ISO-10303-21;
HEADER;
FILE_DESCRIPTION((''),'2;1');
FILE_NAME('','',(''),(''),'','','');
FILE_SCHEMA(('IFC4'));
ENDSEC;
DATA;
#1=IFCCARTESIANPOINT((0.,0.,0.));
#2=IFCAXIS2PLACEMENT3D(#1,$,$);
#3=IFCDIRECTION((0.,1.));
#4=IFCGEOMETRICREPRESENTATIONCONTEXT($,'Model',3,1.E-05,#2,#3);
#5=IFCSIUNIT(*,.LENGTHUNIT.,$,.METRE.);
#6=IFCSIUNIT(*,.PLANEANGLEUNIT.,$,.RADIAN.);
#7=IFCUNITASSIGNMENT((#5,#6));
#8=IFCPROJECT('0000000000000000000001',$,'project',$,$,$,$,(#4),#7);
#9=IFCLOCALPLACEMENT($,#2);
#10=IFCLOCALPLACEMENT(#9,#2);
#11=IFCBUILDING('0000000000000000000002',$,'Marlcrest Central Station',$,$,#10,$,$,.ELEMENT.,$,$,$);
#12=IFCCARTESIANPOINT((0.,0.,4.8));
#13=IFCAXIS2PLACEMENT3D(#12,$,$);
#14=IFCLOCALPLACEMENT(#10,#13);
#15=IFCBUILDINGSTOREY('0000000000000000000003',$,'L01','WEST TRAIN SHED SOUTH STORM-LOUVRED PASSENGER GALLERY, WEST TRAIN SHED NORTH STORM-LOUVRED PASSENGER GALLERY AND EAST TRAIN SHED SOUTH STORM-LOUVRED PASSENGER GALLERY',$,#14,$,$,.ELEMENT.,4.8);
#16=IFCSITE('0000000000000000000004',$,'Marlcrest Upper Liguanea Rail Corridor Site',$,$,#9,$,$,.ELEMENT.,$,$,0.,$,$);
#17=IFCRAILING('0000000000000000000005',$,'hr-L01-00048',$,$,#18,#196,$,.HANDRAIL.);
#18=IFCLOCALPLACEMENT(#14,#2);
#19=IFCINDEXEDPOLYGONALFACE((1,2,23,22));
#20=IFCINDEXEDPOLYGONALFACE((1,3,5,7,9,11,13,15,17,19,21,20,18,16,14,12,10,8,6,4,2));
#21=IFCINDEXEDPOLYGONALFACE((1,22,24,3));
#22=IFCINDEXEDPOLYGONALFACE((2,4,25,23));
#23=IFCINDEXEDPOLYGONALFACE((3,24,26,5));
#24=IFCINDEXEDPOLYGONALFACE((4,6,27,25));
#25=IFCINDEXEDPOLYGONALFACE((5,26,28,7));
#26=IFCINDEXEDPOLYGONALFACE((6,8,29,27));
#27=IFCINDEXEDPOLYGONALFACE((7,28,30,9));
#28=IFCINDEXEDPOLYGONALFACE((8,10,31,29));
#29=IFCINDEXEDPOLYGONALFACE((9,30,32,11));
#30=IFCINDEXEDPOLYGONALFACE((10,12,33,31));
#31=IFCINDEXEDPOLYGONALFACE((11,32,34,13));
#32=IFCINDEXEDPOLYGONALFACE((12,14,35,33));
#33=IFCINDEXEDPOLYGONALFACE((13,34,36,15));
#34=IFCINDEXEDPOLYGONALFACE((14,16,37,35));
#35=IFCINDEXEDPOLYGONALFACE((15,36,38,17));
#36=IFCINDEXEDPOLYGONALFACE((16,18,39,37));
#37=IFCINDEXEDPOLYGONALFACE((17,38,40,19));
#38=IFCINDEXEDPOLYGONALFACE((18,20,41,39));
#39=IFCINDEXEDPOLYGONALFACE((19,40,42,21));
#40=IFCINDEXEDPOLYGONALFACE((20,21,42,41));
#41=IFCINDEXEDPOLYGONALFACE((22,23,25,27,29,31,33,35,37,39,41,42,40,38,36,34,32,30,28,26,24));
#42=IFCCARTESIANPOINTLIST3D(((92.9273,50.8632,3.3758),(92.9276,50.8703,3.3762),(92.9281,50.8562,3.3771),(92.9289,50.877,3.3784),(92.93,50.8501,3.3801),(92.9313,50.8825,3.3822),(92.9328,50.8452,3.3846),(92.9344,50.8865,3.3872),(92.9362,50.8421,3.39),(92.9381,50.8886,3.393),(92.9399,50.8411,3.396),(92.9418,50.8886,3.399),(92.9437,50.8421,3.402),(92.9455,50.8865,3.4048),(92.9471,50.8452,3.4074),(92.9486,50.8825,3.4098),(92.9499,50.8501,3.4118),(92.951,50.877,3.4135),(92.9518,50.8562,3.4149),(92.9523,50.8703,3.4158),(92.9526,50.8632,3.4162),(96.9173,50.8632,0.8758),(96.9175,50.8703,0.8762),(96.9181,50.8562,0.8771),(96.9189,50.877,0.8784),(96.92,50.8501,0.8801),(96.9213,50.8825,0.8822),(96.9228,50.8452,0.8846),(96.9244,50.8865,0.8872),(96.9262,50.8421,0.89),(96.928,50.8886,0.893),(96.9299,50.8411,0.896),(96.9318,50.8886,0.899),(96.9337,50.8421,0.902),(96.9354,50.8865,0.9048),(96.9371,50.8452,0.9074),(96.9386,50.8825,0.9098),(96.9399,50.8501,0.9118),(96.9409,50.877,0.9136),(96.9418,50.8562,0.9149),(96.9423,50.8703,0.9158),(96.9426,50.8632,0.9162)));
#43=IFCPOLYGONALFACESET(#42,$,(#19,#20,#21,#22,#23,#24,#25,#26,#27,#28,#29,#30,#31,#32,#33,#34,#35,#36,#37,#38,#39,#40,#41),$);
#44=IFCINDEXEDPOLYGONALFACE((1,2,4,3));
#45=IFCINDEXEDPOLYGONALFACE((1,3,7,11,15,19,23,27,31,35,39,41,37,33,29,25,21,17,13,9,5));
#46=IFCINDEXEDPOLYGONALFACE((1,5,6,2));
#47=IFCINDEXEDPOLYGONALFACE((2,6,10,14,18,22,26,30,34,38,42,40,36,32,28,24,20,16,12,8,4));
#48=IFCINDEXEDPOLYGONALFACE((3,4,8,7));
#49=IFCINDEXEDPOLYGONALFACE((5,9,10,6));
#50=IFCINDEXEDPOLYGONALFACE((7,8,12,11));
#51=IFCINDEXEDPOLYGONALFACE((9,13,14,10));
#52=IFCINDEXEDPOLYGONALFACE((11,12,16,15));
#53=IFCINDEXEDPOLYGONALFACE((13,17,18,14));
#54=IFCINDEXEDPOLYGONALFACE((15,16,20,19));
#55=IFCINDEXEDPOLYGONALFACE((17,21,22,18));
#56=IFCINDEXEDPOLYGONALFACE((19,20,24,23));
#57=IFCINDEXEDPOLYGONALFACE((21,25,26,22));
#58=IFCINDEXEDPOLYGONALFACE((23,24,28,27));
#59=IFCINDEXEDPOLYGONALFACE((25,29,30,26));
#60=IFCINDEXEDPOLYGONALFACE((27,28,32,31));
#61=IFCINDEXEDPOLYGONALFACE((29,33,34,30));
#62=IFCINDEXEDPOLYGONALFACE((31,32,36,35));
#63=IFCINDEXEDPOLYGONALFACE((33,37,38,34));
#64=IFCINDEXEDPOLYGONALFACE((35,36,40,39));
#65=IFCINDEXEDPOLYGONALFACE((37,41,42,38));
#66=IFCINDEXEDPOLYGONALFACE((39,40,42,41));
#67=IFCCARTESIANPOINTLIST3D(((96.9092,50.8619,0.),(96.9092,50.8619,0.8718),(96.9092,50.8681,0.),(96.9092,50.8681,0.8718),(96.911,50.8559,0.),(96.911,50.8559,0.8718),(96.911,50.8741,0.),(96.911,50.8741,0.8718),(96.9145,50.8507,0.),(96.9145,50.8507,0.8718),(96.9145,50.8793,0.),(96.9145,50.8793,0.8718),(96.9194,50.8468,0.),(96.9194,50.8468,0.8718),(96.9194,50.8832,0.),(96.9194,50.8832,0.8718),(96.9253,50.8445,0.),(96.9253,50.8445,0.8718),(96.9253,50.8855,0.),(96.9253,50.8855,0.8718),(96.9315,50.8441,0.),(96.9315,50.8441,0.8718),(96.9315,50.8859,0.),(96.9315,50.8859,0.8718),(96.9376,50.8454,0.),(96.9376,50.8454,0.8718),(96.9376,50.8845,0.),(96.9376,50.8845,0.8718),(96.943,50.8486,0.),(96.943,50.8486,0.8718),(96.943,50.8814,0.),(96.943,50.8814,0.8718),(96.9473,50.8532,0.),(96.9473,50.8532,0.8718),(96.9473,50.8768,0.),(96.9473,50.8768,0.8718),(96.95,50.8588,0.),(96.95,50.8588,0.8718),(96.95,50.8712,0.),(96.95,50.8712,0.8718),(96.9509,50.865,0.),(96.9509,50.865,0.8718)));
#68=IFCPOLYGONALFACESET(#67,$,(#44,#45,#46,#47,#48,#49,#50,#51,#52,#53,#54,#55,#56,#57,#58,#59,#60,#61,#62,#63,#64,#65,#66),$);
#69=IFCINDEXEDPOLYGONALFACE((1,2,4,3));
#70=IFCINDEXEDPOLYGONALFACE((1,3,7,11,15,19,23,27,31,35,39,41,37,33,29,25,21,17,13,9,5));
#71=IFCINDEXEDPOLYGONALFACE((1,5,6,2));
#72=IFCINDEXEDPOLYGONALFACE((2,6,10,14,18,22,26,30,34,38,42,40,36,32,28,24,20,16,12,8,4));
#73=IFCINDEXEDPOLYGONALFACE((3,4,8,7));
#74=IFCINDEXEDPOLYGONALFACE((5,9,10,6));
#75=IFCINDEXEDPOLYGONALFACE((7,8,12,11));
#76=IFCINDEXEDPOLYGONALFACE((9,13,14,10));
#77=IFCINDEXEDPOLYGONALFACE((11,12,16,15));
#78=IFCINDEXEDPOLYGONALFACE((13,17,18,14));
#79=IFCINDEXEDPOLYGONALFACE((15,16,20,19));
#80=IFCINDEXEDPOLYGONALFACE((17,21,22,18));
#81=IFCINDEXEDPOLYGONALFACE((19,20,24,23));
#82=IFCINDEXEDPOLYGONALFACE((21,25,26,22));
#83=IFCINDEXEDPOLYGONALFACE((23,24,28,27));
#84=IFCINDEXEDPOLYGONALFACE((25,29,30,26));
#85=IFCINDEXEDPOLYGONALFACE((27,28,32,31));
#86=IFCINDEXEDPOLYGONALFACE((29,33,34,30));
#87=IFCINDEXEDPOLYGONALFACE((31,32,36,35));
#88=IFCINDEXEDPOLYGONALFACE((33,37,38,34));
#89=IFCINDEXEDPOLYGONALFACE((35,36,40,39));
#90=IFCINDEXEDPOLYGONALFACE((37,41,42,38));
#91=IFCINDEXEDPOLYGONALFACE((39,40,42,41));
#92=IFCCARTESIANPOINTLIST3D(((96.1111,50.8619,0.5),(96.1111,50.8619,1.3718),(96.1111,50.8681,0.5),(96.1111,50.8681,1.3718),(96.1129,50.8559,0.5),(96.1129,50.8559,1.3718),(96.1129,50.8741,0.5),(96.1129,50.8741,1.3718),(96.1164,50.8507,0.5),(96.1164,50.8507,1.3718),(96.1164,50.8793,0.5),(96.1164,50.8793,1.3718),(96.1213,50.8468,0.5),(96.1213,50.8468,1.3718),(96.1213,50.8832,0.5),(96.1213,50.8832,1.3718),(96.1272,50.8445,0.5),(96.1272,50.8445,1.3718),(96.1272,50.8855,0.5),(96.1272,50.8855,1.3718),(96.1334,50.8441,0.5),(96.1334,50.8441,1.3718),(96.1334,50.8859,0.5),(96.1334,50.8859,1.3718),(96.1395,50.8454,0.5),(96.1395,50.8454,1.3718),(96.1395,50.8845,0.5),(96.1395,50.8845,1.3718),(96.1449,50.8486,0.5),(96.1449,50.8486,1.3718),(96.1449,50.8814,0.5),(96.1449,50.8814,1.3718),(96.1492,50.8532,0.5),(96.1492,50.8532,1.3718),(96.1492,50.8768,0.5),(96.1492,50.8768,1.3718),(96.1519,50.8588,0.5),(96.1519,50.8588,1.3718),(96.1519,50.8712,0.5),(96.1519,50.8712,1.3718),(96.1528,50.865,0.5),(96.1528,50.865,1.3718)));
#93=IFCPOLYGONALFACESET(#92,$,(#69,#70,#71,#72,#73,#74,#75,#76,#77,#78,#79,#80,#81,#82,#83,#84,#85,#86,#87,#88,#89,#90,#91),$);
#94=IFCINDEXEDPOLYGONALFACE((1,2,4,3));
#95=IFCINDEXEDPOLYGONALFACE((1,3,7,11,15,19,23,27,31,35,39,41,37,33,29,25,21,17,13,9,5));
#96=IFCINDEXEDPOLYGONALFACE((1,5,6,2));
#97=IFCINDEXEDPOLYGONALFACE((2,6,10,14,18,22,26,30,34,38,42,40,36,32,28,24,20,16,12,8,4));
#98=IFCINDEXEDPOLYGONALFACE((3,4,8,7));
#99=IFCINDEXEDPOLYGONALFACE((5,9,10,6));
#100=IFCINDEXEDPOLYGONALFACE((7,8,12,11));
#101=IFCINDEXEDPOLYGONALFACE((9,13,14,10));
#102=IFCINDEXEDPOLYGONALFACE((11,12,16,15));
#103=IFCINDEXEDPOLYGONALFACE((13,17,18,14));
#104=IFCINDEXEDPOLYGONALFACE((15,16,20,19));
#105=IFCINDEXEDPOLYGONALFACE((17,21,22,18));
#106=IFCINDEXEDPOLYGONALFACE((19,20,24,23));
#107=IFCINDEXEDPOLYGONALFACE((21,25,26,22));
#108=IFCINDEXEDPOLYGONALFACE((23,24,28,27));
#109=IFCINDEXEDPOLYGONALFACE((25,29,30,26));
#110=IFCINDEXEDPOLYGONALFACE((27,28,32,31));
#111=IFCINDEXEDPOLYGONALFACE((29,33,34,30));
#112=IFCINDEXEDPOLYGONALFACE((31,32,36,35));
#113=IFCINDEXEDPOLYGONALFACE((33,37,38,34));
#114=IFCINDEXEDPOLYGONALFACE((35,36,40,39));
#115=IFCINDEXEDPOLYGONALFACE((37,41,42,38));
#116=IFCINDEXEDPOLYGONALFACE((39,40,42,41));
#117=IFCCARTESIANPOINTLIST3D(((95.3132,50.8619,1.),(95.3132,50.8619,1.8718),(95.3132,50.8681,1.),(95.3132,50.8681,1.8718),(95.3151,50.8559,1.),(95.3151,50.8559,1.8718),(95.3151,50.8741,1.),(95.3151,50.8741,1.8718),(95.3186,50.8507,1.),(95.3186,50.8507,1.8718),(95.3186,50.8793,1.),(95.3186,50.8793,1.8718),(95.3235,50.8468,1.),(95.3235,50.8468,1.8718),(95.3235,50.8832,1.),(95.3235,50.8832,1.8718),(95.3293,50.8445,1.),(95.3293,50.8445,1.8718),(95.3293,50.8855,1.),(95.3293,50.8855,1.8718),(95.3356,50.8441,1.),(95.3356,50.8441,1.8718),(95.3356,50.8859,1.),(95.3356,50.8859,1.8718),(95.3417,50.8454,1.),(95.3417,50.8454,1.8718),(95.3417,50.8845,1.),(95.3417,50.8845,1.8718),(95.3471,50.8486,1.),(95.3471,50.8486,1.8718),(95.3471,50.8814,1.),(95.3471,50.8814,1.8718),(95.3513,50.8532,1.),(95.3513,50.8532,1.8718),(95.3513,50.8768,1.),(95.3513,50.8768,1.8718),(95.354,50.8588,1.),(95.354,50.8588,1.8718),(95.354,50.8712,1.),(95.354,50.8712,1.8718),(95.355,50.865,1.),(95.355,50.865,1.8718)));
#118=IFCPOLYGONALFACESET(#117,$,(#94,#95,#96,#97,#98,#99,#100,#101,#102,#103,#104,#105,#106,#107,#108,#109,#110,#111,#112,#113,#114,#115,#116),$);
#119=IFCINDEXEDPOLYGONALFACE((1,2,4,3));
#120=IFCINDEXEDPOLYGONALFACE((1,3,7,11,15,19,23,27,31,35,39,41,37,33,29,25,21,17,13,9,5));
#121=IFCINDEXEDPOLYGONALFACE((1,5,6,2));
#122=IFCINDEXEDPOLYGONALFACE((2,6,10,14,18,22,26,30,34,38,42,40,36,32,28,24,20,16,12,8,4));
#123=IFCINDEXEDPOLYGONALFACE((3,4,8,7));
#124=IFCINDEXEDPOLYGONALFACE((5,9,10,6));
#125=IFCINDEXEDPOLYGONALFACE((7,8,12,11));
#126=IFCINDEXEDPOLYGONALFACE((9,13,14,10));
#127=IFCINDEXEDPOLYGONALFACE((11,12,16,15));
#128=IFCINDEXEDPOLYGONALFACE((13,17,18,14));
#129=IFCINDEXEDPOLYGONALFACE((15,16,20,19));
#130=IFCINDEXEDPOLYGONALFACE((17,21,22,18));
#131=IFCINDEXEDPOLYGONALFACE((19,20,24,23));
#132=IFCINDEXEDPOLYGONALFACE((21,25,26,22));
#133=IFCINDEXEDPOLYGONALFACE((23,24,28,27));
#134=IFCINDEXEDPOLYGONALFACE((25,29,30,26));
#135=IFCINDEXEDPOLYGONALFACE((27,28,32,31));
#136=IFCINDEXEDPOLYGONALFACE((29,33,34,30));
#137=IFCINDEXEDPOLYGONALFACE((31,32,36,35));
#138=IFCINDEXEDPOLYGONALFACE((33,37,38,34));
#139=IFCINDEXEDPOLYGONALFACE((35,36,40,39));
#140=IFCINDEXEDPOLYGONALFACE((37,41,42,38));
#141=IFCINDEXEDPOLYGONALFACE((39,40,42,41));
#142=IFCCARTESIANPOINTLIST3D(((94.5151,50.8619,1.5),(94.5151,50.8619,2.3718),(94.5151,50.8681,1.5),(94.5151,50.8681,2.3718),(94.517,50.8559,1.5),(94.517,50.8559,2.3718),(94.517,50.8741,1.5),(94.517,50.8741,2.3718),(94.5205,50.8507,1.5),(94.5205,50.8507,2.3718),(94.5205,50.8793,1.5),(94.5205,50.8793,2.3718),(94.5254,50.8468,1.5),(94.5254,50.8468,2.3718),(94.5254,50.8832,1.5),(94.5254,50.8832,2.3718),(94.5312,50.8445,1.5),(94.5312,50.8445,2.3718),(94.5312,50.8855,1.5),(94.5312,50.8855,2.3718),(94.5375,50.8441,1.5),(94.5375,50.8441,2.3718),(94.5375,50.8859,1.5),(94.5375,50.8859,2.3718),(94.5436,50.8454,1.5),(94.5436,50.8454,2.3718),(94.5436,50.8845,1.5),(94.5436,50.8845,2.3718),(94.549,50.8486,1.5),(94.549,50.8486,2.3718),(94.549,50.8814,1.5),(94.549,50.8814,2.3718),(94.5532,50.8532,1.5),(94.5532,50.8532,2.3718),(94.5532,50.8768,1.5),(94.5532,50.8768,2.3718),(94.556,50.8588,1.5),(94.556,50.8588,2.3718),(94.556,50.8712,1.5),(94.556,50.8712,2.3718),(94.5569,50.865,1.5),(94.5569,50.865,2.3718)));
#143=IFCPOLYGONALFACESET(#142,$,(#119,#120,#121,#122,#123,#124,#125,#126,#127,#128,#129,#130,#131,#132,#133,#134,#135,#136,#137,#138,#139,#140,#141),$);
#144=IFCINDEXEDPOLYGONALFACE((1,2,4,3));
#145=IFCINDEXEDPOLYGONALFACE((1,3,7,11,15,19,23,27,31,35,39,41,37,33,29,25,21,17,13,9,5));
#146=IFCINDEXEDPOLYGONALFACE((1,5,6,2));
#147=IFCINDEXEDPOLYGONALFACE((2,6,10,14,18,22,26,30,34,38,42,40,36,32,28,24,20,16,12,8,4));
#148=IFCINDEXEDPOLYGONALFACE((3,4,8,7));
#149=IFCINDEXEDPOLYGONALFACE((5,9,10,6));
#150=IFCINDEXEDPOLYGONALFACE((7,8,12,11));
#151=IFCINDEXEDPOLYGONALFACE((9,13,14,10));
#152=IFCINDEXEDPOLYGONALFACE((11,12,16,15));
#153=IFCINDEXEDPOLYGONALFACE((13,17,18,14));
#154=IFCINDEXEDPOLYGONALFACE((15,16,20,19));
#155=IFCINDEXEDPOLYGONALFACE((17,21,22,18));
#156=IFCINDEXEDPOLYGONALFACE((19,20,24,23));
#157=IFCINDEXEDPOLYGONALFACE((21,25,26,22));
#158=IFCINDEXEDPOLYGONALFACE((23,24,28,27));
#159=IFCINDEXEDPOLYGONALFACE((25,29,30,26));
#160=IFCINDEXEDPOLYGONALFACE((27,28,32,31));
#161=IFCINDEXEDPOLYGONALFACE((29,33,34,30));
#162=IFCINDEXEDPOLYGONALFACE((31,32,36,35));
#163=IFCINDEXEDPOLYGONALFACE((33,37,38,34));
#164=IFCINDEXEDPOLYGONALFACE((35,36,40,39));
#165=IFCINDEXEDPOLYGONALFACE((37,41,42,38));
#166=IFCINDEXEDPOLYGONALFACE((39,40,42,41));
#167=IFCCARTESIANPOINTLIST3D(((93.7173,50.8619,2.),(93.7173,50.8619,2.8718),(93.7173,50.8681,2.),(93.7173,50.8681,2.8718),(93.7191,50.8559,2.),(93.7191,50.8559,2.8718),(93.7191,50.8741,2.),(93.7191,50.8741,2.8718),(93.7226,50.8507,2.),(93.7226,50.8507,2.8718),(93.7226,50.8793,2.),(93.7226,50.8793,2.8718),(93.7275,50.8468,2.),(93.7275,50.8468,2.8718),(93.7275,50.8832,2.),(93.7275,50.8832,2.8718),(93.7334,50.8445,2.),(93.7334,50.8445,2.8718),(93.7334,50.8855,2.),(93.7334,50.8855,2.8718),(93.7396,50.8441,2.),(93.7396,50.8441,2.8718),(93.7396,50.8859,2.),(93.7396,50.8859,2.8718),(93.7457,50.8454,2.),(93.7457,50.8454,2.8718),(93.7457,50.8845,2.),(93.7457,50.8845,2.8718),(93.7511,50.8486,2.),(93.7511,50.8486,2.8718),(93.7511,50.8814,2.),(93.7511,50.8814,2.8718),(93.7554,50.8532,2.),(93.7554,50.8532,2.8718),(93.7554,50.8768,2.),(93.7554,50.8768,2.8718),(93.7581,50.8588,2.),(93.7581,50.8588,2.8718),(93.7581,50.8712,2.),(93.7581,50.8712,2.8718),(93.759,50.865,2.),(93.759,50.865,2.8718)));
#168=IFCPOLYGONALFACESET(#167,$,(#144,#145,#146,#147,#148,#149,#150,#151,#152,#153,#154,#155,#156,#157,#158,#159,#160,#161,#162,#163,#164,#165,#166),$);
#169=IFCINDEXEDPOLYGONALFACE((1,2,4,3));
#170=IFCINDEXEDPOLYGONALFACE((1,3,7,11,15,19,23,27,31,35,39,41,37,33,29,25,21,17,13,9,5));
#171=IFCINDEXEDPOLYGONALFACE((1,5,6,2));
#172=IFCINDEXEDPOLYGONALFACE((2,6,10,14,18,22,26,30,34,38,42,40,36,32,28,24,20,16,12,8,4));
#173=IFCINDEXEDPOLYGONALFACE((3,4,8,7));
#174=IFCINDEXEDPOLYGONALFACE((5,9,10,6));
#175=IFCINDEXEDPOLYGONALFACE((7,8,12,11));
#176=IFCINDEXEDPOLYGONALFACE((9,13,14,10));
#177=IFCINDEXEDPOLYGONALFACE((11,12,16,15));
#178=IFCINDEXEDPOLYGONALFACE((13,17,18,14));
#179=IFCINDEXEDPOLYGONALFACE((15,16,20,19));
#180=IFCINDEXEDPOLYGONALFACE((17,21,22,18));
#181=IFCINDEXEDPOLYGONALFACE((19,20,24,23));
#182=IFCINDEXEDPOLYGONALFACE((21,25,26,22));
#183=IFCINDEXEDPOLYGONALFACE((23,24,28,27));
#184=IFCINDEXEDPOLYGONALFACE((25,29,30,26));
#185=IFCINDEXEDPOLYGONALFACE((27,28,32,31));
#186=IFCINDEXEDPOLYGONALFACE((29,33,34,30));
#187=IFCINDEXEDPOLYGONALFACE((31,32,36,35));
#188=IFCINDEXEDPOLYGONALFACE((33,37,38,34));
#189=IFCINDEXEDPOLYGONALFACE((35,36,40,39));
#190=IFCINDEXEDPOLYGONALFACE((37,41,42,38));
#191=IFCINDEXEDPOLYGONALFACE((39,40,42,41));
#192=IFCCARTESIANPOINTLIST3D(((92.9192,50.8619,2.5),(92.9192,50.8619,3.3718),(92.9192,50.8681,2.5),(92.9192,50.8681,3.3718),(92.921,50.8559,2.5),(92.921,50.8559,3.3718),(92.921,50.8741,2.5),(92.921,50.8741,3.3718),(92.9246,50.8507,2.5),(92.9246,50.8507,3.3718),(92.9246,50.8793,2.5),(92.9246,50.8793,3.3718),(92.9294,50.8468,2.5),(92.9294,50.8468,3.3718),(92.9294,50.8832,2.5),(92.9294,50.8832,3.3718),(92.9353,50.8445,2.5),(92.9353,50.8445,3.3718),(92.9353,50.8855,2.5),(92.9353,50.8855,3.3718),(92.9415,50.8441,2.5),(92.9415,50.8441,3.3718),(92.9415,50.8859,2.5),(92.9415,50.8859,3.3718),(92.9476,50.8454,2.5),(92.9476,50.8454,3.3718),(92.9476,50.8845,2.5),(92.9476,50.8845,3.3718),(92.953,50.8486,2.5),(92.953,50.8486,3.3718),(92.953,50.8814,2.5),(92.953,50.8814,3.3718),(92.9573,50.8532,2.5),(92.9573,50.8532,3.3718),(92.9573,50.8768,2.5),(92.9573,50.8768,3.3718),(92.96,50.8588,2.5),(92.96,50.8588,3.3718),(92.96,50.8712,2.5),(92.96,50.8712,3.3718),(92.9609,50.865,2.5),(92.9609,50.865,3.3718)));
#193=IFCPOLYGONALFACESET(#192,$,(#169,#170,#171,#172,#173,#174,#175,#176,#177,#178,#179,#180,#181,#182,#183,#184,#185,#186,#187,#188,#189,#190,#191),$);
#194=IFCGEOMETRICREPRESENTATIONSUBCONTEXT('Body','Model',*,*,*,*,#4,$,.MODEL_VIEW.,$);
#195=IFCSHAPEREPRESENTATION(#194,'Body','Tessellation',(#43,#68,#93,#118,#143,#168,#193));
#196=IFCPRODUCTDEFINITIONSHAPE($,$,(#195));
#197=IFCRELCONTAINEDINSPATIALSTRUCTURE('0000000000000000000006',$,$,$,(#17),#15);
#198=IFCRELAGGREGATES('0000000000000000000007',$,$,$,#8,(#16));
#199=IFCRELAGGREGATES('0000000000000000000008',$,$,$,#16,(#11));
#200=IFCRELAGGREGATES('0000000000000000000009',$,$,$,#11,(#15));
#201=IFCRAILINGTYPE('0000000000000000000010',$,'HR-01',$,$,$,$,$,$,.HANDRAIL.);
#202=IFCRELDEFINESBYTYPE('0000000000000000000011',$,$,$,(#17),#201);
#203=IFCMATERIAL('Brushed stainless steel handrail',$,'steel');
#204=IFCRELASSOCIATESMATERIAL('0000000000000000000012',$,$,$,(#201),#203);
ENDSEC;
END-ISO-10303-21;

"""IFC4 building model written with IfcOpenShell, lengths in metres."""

from ifc_helpers import new_model, si_unit, direction, frame, origin, origin_2d, place, context, subcontext, project, spatial, circle, extrude, material, type_object, element, save


model = new_model("IFC4")

# Units and contexts
model_context = context("Model", 3, precision=1e-05, world=origin(), true_north=direction((0.0, 1.0)))
body_context = subcontext(model_context, "Body", "Model", "MODEL_VIEW")
ifc_project = project(units=[si_unit("LENGTHUNIT", "METRE"), si_unit("PLANEANGLEUNIT", "RADIAN")], contexts=[model_context])

# Site, building, storey
site_placement = place(None, origin())
site = spatial("IfcSite", under=ifc_project, at=site_placement, Name="Marlcrest Upper Liguanea Rail Corridor Site", CompositionType="ELEMENT", RefElevation=0.0)
building_placement = place(site_placement, origin())
building = spatial("IfcBuilding", under=site, at=building_placement, Name="Marlcrest Central Station", CompositionType="ELEMENT")
storey_placement = place(building_placement, frame((0.0, 0.0, 4.8)))
storey = spatial("IfcBuildingStorey", under=building, at=storey_placement, Name="L01", Description="WEST TRAIN SHED SOUTH STORM-LOUVRED PASSENGER GALLERY, WEST TRAIN SHED NORTH STORM-LOUVRED PASSENGER GALLERY AND EAST TRAIN SHED SOUTH STORM-LOUVRED PASSENGER GALLERY", CompositionType="ELEMENT", Elevation=4.8)

# Railing
ifc_material_1 = material(Name="Brushed stainless steel handrail", Category="steel")
railing_type = type_object("IfcRailingType", Name="HR-01", PredefinedType="HANDRAIL", material=ifc_material_1)
railing_placement = place(storey_placement, frame((96.9299, 50.865, 0.0)))
element("IfcRailing", 1, at=railing_placement, inside=storey, type_object=railing_type, Name="hr-L01-00048", PredefinedType="HANDRAIL", context=body_context, shape_type="SweptSolid", body=[
    extrude(circle(Radius=0.0239, at=origin_2d()), frame((0.0, 0.0, 0.896), z_axis=(-0.847401, 0.0, 0.530954), x_axis=(0.0, -1.0, 0.0)), (0.0, 0.0, 1.0), 4.7085),
    extrude(circle(Radius=0.021, at=origin_2d()), origin(), (0.0, 0.0, 1.0), 0.8718),
    extrude(circle(Radius=0.021, at=origin_2d()), frame((-0.7981, 0.0, 0.5)), (0.0, 0.0, 1.0), 0.8718),
    extrude(circle(Radius=0.021, at=origin_2d()), frame((-1.5959, 0.0, 1.0)), (0.0, 0.0, 1.0), 0.8718),
    extrude(circle(Radius=0.021, at=origin_2d()), frame((-2.394, 0.0, 1.5)), (0.0, 0.0, 1.0), 0.8718),
    extrude(circle(Radius=0.021, at=origin_2d()), frame((-3.1919, 0.0, 2.0)), (0.0, 0.0, 1.0), 0.8718),
    extrude(circle(Radius=0.021, at=origin_2d()), frame((-3.99, 0.0, 2.5)), (0.0, 0.0, 1.0), 0.8718),
])

save(model, "model.ifc")
